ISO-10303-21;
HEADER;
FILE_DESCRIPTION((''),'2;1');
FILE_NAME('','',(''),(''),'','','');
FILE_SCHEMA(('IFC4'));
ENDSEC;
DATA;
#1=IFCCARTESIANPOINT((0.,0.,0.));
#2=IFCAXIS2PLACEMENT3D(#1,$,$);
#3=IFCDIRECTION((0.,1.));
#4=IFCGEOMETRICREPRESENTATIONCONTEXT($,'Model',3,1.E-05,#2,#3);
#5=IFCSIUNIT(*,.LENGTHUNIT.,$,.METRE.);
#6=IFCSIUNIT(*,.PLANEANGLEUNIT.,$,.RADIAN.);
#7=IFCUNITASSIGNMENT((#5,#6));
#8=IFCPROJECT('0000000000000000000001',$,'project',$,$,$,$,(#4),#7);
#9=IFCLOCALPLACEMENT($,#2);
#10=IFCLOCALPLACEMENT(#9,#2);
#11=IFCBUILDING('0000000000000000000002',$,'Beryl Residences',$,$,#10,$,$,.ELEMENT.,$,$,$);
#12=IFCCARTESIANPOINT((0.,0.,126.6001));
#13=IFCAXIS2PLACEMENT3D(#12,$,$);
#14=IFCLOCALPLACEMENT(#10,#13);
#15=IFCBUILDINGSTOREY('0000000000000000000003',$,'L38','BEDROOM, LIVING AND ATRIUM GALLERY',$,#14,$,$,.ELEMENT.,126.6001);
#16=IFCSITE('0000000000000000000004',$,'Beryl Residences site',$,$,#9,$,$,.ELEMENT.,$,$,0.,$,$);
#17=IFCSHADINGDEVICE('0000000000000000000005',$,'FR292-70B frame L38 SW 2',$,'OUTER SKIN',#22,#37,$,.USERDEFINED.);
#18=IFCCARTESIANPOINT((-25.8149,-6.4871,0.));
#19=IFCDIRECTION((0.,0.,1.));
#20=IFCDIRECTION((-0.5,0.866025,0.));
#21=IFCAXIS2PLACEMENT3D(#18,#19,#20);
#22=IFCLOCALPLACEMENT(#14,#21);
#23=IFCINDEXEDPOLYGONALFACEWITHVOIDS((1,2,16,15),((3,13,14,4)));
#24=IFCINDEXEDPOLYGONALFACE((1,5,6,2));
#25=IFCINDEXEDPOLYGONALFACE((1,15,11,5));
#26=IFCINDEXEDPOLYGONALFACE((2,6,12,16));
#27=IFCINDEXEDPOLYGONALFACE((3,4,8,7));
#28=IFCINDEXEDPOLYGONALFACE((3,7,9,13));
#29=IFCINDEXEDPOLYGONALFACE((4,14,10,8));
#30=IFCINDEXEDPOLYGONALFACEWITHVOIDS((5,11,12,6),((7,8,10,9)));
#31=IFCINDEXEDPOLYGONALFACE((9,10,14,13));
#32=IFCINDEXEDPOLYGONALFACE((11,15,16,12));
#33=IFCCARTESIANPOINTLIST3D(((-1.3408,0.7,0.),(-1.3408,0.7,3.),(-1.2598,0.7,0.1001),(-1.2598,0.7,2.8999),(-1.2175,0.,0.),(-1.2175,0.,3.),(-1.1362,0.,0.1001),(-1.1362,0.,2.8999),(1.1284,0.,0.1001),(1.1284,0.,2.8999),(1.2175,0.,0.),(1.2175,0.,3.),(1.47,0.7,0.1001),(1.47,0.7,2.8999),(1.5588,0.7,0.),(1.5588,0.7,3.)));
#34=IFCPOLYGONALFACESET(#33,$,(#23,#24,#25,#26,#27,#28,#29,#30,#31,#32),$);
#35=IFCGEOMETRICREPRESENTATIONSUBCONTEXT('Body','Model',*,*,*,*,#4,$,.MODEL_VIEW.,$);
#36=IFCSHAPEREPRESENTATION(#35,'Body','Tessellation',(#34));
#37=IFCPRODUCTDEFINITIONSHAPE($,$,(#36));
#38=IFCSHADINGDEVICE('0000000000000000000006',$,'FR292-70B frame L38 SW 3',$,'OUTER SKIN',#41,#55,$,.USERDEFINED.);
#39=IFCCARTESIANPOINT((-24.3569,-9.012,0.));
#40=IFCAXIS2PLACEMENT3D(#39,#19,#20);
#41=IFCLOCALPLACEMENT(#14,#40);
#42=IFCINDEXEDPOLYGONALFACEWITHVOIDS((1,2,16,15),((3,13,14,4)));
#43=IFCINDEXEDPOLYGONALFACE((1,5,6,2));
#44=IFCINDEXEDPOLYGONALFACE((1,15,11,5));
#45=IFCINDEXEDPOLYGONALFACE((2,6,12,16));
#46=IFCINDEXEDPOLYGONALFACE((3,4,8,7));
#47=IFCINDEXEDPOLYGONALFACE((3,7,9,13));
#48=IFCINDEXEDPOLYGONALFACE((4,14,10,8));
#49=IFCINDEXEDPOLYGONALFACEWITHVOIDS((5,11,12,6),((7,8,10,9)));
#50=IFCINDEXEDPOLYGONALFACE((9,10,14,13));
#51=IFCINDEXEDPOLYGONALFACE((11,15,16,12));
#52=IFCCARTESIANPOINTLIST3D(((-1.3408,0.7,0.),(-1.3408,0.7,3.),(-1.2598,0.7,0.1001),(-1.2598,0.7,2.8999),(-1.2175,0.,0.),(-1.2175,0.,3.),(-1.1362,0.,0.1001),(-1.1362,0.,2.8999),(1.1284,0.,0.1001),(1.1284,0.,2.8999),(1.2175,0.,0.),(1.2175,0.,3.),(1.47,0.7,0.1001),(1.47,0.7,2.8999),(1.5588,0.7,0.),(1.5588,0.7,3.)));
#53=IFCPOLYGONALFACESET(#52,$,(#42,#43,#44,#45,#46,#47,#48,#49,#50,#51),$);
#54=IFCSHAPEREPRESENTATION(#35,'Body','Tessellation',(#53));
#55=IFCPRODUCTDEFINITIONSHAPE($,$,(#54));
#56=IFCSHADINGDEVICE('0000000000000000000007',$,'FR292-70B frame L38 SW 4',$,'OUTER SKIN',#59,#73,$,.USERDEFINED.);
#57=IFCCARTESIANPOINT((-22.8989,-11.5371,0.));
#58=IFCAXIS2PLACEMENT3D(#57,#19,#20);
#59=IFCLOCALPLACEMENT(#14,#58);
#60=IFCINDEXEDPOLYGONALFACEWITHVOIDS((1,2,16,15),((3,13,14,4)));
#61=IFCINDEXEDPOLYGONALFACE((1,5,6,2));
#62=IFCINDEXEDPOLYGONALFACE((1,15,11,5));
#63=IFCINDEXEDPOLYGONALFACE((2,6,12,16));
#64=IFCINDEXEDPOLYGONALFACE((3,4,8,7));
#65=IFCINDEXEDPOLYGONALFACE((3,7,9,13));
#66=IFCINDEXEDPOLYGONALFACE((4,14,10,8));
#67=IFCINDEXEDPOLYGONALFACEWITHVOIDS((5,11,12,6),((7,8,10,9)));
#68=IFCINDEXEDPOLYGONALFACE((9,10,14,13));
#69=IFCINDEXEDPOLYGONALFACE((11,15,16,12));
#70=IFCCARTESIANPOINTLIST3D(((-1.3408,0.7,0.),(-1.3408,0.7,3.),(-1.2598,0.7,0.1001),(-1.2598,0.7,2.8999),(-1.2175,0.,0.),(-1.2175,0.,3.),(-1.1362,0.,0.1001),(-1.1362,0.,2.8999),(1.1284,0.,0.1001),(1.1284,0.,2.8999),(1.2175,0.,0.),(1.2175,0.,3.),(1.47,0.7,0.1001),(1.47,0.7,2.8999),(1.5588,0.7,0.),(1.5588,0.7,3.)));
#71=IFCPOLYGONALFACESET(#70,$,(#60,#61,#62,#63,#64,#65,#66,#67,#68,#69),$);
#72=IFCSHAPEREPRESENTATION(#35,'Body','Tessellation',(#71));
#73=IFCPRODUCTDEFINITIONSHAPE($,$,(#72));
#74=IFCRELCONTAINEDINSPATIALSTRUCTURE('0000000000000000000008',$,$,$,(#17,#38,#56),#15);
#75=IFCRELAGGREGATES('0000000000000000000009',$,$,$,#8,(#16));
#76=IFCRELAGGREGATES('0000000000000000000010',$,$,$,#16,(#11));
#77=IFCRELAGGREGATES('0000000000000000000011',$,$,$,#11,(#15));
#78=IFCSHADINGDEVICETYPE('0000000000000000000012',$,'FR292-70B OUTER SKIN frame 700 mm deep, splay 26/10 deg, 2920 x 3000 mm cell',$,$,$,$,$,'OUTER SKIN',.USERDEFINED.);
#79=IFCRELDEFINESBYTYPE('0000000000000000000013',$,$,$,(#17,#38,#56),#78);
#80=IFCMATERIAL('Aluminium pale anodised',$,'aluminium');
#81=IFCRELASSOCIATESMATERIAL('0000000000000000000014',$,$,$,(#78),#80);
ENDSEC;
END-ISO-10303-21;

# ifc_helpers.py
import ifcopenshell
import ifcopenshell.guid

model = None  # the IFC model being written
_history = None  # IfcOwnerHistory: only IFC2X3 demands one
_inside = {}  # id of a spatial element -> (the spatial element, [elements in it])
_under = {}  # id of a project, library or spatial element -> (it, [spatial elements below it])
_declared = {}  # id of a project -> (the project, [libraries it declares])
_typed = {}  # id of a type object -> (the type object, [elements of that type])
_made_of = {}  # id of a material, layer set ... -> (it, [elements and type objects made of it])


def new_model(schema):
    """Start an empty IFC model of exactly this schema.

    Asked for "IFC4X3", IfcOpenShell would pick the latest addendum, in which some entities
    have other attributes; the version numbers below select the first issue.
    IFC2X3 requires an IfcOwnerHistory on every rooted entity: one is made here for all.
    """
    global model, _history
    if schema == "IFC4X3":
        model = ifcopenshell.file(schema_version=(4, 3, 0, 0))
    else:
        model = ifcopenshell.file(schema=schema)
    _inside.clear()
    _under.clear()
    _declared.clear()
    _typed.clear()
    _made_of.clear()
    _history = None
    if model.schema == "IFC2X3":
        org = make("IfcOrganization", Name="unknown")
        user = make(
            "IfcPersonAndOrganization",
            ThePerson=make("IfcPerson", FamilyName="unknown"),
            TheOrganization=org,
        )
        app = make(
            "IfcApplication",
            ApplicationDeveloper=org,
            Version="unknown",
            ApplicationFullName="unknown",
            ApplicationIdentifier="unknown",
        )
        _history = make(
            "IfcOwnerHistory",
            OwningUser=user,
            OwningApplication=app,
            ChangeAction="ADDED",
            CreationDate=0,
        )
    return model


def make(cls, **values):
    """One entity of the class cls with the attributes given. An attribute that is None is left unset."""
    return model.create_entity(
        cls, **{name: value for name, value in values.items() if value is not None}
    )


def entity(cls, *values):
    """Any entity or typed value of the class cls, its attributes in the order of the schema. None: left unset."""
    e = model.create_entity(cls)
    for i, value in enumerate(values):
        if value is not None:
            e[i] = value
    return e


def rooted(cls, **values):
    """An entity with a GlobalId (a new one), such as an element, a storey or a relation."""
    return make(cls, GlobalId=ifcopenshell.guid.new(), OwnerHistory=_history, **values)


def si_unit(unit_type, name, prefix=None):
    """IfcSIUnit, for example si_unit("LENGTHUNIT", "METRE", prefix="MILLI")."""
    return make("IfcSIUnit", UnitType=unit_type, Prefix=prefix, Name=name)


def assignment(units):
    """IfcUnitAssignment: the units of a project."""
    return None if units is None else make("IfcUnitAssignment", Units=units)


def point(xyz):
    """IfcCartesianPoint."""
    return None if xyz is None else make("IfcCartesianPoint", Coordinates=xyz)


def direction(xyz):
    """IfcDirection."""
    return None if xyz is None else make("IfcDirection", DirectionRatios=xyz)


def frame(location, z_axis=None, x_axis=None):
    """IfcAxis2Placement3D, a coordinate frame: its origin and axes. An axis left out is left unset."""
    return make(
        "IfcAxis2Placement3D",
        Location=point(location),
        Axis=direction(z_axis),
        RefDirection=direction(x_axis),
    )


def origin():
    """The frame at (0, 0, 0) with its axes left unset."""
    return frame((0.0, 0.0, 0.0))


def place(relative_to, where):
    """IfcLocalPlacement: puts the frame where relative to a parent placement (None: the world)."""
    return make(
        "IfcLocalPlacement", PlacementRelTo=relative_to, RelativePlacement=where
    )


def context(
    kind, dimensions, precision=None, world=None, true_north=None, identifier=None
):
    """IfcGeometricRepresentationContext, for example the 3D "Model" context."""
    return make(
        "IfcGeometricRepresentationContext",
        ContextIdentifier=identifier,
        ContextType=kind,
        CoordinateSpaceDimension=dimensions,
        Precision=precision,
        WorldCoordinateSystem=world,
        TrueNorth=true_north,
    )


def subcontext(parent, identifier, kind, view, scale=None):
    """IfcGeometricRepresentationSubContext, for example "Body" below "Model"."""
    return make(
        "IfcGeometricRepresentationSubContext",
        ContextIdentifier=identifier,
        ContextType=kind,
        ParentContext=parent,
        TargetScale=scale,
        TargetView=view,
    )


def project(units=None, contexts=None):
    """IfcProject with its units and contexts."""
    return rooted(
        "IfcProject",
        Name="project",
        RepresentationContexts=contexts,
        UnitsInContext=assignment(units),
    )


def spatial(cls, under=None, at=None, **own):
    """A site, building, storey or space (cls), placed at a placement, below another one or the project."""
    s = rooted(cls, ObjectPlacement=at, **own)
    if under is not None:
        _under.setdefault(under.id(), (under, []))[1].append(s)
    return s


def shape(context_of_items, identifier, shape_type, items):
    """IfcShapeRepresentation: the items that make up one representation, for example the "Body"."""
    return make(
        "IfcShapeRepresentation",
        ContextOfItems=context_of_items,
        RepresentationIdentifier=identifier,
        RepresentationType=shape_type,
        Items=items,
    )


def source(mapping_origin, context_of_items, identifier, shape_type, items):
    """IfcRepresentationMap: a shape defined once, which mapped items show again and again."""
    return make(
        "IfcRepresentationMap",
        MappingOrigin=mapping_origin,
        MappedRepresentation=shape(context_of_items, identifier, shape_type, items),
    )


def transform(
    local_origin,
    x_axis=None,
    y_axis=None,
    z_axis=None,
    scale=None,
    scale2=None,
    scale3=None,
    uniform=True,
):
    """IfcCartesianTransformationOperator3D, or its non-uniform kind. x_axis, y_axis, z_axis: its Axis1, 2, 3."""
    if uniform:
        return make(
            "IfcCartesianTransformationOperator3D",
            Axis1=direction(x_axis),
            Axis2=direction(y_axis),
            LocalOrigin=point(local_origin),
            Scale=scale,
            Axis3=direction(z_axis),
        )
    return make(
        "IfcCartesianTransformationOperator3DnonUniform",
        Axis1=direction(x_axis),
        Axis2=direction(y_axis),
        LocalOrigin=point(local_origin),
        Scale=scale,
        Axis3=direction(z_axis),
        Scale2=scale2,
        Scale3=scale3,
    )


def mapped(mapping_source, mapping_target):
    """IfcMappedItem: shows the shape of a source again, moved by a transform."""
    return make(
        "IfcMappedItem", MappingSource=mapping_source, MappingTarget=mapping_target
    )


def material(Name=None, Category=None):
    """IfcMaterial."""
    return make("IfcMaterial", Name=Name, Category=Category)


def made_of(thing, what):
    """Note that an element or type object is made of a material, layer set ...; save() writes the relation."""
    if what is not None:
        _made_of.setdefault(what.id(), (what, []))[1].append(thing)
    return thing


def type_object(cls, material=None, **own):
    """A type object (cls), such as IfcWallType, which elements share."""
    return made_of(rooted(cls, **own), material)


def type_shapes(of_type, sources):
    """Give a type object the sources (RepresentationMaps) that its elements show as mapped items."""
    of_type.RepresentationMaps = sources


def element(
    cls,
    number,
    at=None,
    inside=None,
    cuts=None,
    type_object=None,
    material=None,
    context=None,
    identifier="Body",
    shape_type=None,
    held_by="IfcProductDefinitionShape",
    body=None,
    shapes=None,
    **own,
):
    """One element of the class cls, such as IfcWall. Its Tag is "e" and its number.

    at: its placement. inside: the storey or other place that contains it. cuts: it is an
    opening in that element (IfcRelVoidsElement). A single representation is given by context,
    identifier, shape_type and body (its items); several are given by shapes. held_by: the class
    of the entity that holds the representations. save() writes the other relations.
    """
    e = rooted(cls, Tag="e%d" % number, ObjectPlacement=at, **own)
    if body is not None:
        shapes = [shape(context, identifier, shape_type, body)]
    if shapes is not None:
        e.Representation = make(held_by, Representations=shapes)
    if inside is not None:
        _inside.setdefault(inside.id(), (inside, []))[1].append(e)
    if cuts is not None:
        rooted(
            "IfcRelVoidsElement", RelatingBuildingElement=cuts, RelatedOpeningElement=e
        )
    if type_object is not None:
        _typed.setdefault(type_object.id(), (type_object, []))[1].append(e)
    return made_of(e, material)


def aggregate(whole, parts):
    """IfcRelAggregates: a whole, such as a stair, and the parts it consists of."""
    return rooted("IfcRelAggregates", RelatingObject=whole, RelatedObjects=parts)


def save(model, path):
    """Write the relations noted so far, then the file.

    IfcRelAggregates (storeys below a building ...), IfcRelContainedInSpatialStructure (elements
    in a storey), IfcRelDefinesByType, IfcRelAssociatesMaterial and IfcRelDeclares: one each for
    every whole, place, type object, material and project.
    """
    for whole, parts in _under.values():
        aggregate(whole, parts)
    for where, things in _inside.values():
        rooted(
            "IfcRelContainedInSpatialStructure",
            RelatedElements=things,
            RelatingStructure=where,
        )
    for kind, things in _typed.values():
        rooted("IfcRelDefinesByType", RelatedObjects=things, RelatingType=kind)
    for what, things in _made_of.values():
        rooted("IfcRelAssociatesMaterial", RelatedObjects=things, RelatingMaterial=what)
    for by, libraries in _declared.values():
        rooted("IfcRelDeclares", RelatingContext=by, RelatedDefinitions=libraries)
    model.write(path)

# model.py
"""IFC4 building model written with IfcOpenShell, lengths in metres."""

from ifc_helpers import new_model, entity, si_unit, direction, frame, origin, place, context, subcontext, project, spatial, source, transform, mapped, material, type_object, type_shapes, element, save


model = new_model("IFC4")

# Units and contexts
model_context = context("Model", 3, precision=1e-05, world=origin(), true_north=direction((0.0, 1.0)))
body_context = subcontext(model_context, "Body", "Model", "MODEL_VIEW")
ifc_project = project(units=[si_unit("LENGTHUNIT", "METRE"), si_unit("PLANEANGLEUNIT", "RADIAN")], contexts=[model_context])

# Site, building, storey
site_placement = place(None, origin())
site = spatial("IfcSite", under=ifc_project, at=site_placement, Name="Beryl Residences site", CompositionType="ELEMENT", RefElevation=0.0)
building_placement = place(site_placement, origin())
building = spatial("IfcBuilding", under=site, at=building_placement, Name="Beryl Residences", CompositionType="ELEMENT")
storey_placement = place(building_placement, frame((0.0, 0.0, 126.6001)))
storey = spatial("IfcBuildingStorey", under=building, at=storey_placement, Name="L38", Description="BEDROOM, LIVING AND ATRIUM GALLERY", CompositionType="ELEMENT", Elevation=126.6001)

# Shading devices
ifc_material_1 = material(Name="Aluminium pale anodised", Category="aluminium")
shading_device_type = type_object("IfcShadingDeviceType", Name="FR292-70B OUTER SKIN frame 700 mm deep, splay 26/10 deg, 2920 x 3000 mm cell", ElementType="OUTER SKIN", PredefinedType="USERDEFINED", material=ifc_material_1)
cartesian_point_1 = entity("IfcCartesianPoint", [-1.2175, 0.0])
cartesian_point_2 = entity("IfcCartesianPoint", [-1.1284, 0.1001])
cartesian_point_3 = entity("IfcCartesianPoint", [-1.5588, 0.0])
cartesian_point_4 = entity("IfcCartesianPoint", [-1.47, 0.1001])
shared_shape = source(origin(), body_context, "Body", "SweptSolid", [
    entity("IfcExtrudedAreaSolidTapered", entity("IfcArbitraryProfileDefWithVoids", "AREA", None, entity("IfcPolyline", [cartesian_point_1, entity("IfcCartesianPoint", [1.2175, 0.0]), entity("IfcCartesianPoint", [1.2175, 3.0]), entity("IfcCartesianPoint", [-1.2175, 3.0]), cartesian_point_1]), [entity("IfcPolyline", [cartesian_point_2, entity("IfcCartesianPoint", [1.1362, 0.1001]), entity("IfcCartesianPoint", [1.1362, 2.8999]), entity("IfcCartesianPoint", [-1.1284, 2.8999]), cartesian_point_2])]), entity("IfcAxis2Placement3D", entity("IfcCartesianPoint", [0.0, 0.0, 0.0]), entity("IfcDirection", [0.0, 1.0, 0.0]), entity("IfcDirection", [-1.0, 0.0, 0.0])), entity("IfcDirection", [0.0, 0.0, 1.0]), 0.7, entity("IfcArbitraryProfileDefWithVoids", "AREA", None, entity("IfcPolyline", [cartesian_point_3, entity("IfcCartesianPoint", [1.3408, 0.0]), entity("IfcCartesianPoint", [1.3408, 3.0]), entity("IfcCartesianPoint", [-1.5588, 3.0]), cartesian_point_3]), [entity("IfcPolyline", [cartesian_point_4, entity("IfcCartesianPoint", [1.2598, 0.1001]), entity("IfcCartesianPoint", [1.2598, 2.8999]), entity("IfcCartesianPoint", [-1.47, 2.8999]), cartesian_point_4])])),
])
type_shapes(shading_device_type, [shared_shape])
for number, where, z_axis, x_axis, name in (
    (1, (-25.8149, -6.4871, 0.0), (0.0, 0.0, 1.0), (-0.5, 0.866025, 0.0), "FR292-70B frame L38 SW 2"),
    (2, (-24.3569, -9.012, 0.0), (0.0, 0.0, 1.0), (-0.5, 0.866025, 0.0), "FR292-70B frame L38 SW 3"),
    (3, (-22.8989, -11.5371, 0.0), (0.0, 0.0, 1.0), (-0.5, 0.866025, 0.0), "FR292-70B frame L38 SW 4"),
):
    element("IfcShadingDevice", number, at=place(storey_placement, frame(where, z_axis=z_axis, x_axis=x_axis)), inside=storey, type_object=shading_device_type, Name=name, ObjectType="OUTER SKIN", PredefinedType="USERDEFINED", context=body_context, shape_type="MappedRepresentation", body=[
        mapped(shared_shape, transform((0.0, 0.0, 0.0))),
    ])

save(model, "model.ifc")
